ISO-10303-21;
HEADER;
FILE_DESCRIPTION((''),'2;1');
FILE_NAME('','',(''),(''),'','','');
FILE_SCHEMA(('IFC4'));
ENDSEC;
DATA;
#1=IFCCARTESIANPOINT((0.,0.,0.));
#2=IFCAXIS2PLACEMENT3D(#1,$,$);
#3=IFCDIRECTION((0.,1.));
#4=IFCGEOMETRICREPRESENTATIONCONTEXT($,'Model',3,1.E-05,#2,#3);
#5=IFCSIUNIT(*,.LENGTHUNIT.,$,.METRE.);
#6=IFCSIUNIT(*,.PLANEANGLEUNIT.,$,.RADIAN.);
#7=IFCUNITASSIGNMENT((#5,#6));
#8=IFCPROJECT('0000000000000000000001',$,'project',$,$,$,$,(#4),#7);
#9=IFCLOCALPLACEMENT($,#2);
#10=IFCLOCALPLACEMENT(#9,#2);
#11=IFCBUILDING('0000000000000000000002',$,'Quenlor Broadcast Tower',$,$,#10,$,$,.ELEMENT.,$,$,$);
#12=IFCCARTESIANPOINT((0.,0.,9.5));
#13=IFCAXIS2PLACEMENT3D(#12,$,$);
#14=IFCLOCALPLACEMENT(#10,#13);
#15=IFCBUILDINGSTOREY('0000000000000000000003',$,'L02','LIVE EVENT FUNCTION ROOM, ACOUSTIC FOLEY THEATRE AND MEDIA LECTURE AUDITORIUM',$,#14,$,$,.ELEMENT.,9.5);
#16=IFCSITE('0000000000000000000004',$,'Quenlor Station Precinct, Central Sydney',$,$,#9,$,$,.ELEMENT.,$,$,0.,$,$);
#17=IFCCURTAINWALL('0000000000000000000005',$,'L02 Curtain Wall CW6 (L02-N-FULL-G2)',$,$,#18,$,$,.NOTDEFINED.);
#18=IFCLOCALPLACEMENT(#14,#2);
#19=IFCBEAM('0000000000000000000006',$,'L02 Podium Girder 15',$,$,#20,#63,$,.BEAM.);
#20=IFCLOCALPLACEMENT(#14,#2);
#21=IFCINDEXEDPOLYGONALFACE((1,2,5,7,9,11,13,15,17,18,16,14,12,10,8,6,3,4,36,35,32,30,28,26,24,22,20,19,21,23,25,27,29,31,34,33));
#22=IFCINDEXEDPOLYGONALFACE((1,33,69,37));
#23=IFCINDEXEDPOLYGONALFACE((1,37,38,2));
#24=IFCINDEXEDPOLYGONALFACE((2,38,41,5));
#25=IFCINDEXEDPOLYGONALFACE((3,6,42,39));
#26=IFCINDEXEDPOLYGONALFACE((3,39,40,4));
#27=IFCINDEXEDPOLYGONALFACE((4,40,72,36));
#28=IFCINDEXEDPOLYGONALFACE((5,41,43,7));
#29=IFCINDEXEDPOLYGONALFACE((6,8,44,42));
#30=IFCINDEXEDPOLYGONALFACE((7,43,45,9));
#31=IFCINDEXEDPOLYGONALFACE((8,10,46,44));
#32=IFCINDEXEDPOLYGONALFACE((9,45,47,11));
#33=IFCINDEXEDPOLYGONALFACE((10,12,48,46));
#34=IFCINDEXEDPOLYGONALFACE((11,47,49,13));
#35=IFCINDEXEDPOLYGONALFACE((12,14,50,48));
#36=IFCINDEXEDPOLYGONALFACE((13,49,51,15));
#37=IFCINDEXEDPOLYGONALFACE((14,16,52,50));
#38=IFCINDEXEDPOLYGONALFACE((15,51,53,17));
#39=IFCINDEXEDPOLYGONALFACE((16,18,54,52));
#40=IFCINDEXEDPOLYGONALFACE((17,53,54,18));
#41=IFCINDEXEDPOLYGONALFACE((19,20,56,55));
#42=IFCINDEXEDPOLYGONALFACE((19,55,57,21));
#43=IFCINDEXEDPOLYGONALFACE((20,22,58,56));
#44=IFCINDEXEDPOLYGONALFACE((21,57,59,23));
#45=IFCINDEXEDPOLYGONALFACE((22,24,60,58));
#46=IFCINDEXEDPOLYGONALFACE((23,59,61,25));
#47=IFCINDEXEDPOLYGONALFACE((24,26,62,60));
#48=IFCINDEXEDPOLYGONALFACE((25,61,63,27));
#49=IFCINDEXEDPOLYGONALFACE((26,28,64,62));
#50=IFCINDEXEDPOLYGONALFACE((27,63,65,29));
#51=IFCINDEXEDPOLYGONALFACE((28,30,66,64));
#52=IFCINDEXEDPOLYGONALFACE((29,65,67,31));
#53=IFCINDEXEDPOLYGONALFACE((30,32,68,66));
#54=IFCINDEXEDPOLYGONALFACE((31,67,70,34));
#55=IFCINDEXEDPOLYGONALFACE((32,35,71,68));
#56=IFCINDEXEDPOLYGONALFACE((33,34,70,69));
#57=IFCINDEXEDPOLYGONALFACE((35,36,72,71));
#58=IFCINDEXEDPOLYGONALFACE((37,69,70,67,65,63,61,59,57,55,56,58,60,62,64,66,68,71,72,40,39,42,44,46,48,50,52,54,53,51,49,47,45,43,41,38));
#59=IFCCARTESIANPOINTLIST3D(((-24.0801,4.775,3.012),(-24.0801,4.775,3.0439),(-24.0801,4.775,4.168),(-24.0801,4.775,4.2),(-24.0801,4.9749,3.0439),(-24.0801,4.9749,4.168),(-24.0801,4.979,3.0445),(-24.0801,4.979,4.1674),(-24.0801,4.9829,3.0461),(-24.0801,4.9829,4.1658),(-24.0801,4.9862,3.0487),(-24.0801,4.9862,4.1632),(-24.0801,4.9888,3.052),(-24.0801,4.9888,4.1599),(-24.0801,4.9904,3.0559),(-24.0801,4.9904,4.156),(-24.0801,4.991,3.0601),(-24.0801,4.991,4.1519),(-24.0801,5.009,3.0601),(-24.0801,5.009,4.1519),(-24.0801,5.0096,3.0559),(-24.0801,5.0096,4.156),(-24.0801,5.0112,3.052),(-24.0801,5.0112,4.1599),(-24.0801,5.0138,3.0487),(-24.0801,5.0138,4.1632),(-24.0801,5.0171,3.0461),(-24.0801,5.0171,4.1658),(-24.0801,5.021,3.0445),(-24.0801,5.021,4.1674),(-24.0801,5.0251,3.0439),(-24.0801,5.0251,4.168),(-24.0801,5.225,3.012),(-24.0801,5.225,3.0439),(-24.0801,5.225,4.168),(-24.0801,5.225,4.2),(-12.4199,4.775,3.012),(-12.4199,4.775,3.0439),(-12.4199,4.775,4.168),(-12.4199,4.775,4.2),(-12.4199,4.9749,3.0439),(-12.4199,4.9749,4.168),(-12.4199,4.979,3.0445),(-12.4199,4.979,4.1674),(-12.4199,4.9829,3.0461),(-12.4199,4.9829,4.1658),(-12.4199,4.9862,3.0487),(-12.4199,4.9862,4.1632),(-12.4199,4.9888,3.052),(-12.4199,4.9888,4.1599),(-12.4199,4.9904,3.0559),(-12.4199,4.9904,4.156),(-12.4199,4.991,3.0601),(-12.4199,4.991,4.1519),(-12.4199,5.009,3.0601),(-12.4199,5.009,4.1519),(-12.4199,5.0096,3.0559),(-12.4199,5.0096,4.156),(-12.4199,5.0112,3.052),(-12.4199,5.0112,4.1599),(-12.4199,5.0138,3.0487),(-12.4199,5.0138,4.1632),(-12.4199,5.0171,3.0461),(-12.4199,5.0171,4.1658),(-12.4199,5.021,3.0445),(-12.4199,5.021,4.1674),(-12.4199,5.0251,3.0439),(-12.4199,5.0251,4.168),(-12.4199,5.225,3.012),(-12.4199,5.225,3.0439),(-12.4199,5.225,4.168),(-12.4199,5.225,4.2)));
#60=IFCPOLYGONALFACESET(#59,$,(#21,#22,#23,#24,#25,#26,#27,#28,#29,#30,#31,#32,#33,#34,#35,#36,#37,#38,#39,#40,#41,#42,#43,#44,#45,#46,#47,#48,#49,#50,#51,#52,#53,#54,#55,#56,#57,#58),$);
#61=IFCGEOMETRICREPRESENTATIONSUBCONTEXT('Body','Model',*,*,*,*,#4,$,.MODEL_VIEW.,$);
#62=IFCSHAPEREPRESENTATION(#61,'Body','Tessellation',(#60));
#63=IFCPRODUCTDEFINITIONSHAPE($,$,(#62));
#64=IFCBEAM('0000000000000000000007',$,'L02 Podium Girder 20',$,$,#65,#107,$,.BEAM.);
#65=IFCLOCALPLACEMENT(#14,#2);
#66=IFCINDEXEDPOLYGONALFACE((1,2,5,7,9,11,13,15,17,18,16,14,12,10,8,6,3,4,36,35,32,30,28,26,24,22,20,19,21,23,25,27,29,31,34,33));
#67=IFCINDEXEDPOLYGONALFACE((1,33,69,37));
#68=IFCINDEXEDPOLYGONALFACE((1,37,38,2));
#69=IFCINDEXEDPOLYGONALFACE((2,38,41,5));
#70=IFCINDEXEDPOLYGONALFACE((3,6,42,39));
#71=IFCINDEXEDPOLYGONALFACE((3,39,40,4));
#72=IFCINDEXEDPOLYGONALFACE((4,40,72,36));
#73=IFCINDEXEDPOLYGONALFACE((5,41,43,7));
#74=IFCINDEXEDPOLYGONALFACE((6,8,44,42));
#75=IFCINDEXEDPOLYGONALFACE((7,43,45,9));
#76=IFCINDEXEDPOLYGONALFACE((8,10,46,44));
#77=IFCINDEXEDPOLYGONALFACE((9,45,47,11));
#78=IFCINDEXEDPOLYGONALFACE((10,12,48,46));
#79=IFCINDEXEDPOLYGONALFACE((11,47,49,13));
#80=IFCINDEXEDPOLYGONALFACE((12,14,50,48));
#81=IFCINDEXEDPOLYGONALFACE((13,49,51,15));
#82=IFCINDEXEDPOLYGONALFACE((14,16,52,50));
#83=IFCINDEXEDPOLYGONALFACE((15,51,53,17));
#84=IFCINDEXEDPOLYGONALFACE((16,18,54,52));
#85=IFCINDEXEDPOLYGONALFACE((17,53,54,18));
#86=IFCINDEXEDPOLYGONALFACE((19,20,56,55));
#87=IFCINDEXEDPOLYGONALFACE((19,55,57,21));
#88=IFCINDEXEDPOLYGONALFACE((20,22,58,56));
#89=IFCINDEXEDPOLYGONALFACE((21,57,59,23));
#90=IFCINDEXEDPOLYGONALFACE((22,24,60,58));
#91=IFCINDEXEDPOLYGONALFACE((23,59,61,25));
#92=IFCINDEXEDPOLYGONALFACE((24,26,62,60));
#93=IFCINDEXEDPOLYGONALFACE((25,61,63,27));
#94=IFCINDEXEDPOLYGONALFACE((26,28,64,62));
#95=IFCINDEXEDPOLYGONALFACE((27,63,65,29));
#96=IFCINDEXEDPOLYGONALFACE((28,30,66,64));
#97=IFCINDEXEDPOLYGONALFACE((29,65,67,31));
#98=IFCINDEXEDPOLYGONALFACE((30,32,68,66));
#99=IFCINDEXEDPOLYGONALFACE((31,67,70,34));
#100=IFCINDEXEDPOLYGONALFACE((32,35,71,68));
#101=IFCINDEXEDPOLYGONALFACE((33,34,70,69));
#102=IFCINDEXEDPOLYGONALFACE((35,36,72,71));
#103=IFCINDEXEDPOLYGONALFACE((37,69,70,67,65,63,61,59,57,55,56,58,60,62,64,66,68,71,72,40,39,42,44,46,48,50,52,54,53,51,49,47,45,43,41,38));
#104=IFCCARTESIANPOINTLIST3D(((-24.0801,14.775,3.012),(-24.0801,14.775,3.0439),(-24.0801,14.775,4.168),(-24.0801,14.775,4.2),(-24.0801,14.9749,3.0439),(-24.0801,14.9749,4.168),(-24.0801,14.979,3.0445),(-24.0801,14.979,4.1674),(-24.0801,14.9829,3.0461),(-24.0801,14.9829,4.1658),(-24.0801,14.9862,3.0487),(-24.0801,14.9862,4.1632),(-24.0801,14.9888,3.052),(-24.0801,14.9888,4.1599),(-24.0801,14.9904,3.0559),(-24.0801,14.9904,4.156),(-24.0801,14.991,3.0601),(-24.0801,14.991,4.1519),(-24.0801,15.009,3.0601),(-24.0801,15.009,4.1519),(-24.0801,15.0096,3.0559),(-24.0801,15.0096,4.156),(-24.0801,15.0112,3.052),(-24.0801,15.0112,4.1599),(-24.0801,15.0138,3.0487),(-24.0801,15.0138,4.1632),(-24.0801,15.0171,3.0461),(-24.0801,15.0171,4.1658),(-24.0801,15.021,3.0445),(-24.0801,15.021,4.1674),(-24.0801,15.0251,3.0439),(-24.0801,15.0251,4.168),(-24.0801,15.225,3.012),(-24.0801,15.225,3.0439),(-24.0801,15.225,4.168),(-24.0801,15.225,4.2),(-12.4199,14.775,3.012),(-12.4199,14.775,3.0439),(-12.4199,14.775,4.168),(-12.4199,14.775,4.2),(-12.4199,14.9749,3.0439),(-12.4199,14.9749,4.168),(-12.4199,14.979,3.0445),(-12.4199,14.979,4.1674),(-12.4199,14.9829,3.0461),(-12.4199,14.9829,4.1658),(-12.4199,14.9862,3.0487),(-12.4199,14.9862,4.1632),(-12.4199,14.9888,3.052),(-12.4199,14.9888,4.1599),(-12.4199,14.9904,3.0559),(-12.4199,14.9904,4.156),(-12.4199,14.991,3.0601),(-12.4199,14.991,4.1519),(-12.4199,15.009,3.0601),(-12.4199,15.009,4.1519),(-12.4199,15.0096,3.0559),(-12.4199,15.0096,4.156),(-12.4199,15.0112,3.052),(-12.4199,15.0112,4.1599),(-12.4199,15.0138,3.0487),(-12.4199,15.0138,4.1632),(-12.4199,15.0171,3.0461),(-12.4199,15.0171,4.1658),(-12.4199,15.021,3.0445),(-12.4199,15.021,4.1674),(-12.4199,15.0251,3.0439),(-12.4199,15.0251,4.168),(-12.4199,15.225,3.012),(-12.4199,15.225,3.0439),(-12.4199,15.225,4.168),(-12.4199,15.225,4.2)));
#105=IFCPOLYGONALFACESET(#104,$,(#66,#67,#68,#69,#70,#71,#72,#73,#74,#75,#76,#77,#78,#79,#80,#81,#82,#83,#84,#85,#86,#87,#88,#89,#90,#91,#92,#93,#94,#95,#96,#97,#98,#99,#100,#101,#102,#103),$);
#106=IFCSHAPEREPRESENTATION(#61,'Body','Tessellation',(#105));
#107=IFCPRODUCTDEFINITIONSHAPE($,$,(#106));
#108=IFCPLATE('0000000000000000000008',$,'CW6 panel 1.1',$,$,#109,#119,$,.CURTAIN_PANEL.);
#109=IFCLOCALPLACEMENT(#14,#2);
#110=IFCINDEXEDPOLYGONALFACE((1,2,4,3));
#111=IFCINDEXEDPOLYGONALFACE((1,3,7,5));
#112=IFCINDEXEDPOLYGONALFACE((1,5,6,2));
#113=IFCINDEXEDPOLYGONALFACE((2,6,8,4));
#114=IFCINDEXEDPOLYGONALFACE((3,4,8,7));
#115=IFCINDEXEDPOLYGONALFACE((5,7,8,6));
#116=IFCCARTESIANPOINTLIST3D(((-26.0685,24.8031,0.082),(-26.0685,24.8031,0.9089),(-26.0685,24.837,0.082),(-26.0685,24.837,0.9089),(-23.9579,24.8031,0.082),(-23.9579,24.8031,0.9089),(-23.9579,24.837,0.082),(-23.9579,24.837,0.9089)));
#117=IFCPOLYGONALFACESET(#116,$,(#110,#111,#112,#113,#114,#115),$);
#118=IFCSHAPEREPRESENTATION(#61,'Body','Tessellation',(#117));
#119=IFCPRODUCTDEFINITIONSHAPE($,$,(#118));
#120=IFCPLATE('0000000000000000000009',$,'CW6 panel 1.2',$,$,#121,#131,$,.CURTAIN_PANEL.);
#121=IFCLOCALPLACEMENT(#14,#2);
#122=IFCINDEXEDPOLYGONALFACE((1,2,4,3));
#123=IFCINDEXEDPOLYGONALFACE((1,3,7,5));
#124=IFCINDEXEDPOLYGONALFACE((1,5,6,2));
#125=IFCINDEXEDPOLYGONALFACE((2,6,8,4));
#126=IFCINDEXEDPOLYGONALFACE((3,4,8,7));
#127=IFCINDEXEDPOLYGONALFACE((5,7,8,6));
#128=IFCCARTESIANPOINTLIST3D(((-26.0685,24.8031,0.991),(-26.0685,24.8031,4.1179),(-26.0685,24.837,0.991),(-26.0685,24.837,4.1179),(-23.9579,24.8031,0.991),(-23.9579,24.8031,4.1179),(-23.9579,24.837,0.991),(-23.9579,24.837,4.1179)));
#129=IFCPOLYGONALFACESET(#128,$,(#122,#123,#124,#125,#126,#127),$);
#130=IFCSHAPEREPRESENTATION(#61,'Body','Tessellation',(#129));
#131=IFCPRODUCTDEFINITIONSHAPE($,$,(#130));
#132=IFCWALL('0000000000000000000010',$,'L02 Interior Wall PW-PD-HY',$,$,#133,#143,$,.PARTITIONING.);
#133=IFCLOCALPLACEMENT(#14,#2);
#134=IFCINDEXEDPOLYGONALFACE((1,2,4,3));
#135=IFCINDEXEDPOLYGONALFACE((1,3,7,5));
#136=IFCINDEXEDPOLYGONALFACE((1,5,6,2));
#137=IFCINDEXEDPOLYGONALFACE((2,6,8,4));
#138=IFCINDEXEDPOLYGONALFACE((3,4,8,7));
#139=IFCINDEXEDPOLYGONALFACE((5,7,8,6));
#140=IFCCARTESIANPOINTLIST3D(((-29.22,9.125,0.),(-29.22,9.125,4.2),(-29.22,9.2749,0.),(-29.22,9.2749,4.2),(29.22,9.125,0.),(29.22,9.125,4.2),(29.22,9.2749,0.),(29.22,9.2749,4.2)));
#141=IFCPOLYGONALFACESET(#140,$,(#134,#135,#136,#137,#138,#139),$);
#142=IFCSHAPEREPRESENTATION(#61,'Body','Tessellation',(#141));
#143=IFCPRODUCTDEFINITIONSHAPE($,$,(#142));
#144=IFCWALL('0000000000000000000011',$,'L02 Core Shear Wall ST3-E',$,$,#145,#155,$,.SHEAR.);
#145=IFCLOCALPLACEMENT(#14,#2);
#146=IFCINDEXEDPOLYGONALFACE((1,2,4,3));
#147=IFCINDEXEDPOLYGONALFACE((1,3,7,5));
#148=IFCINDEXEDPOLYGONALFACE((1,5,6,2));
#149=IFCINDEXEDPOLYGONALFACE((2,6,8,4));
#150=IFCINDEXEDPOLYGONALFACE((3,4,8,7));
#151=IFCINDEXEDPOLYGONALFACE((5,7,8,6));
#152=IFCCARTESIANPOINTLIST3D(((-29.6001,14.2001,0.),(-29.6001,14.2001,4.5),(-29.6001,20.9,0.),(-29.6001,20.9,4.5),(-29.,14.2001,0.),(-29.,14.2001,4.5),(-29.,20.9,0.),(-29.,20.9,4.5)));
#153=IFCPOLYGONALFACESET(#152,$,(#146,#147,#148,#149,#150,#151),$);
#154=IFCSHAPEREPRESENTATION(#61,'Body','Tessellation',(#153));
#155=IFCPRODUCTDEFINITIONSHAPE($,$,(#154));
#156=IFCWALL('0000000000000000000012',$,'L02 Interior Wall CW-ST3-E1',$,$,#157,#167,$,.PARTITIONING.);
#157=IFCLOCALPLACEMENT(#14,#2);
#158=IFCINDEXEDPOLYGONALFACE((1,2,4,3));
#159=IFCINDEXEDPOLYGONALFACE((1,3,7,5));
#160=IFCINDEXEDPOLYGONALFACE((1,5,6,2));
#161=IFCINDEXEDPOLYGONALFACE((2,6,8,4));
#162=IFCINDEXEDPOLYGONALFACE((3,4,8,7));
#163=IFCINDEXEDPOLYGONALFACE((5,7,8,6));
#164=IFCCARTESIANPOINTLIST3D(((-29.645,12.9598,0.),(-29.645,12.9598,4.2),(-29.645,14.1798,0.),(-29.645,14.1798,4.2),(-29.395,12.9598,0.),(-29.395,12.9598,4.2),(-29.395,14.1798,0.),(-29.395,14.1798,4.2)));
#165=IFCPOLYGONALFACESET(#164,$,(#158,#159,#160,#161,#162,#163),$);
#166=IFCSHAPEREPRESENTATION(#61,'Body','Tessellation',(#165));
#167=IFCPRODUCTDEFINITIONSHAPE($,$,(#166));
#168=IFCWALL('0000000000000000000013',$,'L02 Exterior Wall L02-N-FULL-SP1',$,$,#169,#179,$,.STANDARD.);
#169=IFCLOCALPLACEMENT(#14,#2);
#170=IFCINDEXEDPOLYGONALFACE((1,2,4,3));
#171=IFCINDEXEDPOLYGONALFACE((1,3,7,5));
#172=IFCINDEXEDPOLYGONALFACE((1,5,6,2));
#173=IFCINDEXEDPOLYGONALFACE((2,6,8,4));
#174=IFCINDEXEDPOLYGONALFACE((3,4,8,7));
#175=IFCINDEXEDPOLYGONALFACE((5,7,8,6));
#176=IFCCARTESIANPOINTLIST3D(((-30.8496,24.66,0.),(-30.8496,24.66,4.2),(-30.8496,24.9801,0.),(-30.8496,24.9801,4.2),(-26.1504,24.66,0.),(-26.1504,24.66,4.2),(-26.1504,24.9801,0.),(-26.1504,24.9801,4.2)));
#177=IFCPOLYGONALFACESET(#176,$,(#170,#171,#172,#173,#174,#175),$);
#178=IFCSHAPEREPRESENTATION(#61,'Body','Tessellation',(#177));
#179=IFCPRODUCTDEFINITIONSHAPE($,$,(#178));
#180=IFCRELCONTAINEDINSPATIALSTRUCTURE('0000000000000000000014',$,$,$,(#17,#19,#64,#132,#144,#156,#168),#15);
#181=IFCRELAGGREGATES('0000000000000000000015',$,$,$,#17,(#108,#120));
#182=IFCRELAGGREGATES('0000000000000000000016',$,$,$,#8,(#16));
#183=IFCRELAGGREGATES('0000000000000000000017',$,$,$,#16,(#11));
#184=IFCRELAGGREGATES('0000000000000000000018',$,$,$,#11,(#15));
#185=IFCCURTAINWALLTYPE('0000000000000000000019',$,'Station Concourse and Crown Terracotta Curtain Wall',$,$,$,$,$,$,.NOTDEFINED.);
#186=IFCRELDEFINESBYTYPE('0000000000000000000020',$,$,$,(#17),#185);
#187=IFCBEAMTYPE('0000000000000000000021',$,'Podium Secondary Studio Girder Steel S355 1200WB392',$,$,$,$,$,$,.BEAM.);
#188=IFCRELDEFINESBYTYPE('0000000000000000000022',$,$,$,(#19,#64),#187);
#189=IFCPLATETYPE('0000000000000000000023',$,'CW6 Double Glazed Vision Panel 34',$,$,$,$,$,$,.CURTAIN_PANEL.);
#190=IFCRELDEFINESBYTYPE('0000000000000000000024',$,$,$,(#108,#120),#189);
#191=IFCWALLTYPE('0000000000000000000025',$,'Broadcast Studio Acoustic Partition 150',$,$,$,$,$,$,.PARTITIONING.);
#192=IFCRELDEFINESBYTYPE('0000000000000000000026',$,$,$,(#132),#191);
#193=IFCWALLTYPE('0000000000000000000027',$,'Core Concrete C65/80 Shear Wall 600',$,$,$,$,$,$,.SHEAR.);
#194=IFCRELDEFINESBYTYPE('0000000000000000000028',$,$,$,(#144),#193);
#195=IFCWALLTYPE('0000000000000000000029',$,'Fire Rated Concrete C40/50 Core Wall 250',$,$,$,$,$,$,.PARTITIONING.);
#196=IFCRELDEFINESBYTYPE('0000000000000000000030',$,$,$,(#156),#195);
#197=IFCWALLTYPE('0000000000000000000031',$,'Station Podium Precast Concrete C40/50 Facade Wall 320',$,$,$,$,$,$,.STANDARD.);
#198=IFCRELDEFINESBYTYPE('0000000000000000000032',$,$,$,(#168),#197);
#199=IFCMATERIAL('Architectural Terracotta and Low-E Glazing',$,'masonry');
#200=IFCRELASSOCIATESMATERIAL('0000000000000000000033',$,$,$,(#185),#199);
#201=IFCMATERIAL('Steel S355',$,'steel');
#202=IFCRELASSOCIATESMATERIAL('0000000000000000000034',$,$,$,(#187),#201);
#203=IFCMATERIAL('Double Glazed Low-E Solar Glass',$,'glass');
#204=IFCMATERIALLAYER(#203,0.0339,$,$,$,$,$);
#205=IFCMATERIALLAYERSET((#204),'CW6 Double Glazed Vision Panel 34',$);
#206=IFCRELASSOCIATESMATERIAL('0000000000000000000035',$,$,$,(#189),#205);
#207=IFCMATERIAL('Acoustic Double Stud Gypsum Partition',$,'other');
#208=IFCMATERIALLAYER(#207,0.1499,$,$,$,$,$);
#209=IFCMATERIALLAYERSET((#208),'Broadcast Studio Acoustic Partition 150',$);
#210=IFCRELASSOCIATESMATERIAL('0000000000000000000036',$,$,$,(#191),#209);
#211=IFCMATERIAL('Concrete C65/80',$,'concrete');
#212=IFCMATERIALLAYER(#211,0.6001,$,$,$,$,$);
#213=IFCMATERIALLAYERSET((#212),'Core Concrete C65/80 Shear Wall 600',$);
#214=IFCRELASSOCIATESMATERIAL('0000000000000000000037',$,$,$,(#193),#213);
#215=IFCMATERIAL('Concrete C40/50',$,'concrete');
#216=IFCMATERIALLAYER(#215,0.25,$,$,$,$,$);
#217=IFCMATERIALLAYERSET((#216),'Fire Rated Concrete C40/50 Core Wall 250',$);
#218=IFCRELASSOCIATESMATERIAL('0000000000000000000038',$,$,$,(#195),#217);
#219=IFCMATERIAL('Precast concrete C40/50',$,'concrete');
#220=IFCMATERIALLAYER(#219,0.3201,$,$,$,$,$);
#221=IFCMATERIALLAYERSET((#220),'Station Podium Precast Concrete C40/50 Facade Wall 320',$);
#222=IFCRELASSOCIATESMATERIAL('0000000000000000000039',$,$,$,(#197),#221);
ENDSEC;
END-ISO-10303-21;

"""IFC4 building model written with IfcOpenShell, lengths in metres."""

from ifc_helpers import new_model, si_unit, direction, frame, frame_2d, origin, origin_2d, place, context, subcontext, project, spatial, rectangle, i_section, extrude, material, layer, layer_set, material_profile, profile_set, type_object, element, aggregate, save


model = new_model("IFC4")

# Units and contexts
model_context = context("Model", 3, precision=1e-05, world=origin(), true_north=direction((0.0, 1.0)))
body_context = subcontext(model_context, "Body", "Model", "MODEL_VIEW")
ifc_project = project(units=[si_unit("LENGTHUNIT", "METRE"), si_unit("PLANEANGLEUNIT", "RADIAN")], contexts=[model_context])

# Site, building, storey
site_placement = place(None, origin())
site = spatial("IfcSite", under=ifc_project, at=site_placement, Name="Quenlor Station Precinct, Central Sydney", CompositionType="ELEMENT", RefElevation=0.0)
building_placement = place(site_placement, origin())
building = spatial("IfcBuilding", under=site, at=building_placement, Name="Quenlor Broadcast Tower", CompositionType="ELEMENT")
storey_placement = place(building_placement, frame((0.0, 0.0, 9.5)))
storey = spatial("IfcBuildingStorey", under=building, at=storey_placement, Name="L02", Description="LIVE EVENT FUNCTION ROOM, ACOUSTIC FOLEY THEATRE AND MEDIA LECTURE AUDITORIUM", CompositionType="ELEMENT", Elevation=9.5)

# Shared definitions
ifc_material_1 = material(Name="Architectural Terracotta and Low-E Glazing", Category="masonry")
curtain_wall_type = type_object("IfcCurtainWallType", Name="Station Concourse and Crown Terracotta Curtain Wall", PredefinedType="NOTDEFINED", material=ifc_material_1)

# Curtain wall
curtain_wall_1_placement = place(storey_placement, origin())
curtain_wall_1 = element("IfcCurtainWall", 1, at=curtain_wall_1_placement, inside=storey, type_object=curtain_wall_type, Name="L02 Curtain Wall CW6 (L02-N-FULL-G2)", PredefinedType="NOTDEFINED")

# Beams
ifc_material_2 = material(Name="Steel S355", Category="steel")
ifc_material_profile_1 = material_profile(ifc_material_2, i_section(OverallWidth=0.45, OverallDepth=1.188, WebThickness=0.0181, FlangeThickness=0.032, FilletRadius=0.0161, at=origin_2d()))
ifc_profile_set_1 = profile_set([ifc_material_profile_1], Name="Steel S355 1200WB392")
beam_type_1 = type_object("IfcBeamType", Name="Podium Secondary Studio Girder Steel S355 1200WB392", PredefinedType="BEAM", material=ifc_profile_set_1)
for number, where, z_axis, x_axis, name in (
    (2, (-24.0801, 5.0, 3.606), (1.0, 0.0, 0.0), (0.0, 1.0, 0.0), "L02 Podium Girder 15"),
    (3, (-24.0801, 15.0, 3.606), (1.0, 0.0, 0.0), (0.0, 1.0, 0.0), "L02 Podium Girder 20"),
):
    element("IfcBeam", number, at=place(storey_placement, frame(where, z_axis=z_axis, x_axis=x_axis)), inside=storey, type_object=beam_type_1, Name=name, PredefinedType="BEAM", context=body_context, shape_type="SweptSolid", body=[
        extrude(i_section(OverallWidth=0.45, OverallDepth=1.188, WebThickness=0.0181, FlangeThickness=0.032, FilletRadius=0.0161, at=origin_2d()), origin(), (0.0, 0.0, 1.0), 11.6602),
    ])

# Plates
ifc_material_3 = material(Name="Double Glazed Low-E Solar Glass", Category="glass")
ifc_layer_1 = layer(ifc_material_3, 0.0339)
ifc_layer_set_1 = layer_set([ifc_layer_1], Name="CW6 Double Glazed Vision Panel 34")
plate_type = type_object("IfcPlateType", Name="CW6 Double Glazed Vision Panel 34", PredefinedType="CURTAIN_PANEL", material=ifc_layer_set_1)
plate_1_placement = place(storey_placement, frame((-25.0132, 24.8201, 0.082), z_axis=(0.0, 0.0, 1.0), x_axis=(1.0, 0.0, 0.0)))
plate_1 = element("IfcPlate", 4, at=plate_1_placement, type_object=plate_type, Name="CW6 panel 1.1", PredefinedType="CURTAIN_PANEL", context=body_context, shape_type="SweptSolid", body=[
    extrude(rectangle(XDim=2.1106, YDim=0.0339, at=origin_2d()), origin(), (0.0, 0.0, 1.0), 0.8269),
])
plate_2_placement = place(storey_placement, frame((-25.0132, 24.8201, 0.991), z_axis=(0.0, 0.0, 1.0), x_axis=(1.0, 0.0, 0.0)))
plate_2 = element("IfcPlate", 5, at=plate_2_placement, type_object=plate_type, Name="CW6 panel 1.2", PredefinedType="CURTAIN_PANEL", context=body_context, shape_type="SweptSolid", body=[
    extrude(rectangle(XDim=2.1106, YDim=0.0339, at=origin_2d()), origin(), (0.0, 0.0, 1.0), 3.127),
])
aggregate(curtain_wall_1, [plate_1, plate_2])

# Walls
ifc_material_4 = material(Name="Acoustic Double Stud Gypsum Partition", Category="other")
ifc_layer_2 = layer(ifc_material_4, 0.1499)
ifc_layer_set_2 = layer_set([ifc_layer_2], Name="Broadcast Studio Acoustic Partition 150")
wall_type_1 = type_object("IfcWallType", Name="Broadcast Studio Acoustic Partition 150", PredefinedType="PARTITIONING", material=ifc_layer_set_2)
wall_1_placement = place(storey_placement, frame((-29.22, 9.2, 0.0), z_axis=(0.0, 0.0, 1.0), x_axis=(1.0, 0.0, 0.0)))
element("IfcWall", 6, at=wall_1_placement, inside=storey, type_object=wall_type_1, Name="L02 Interior Wall PW-PD-HY", PredefinedType="PARTITIONING", context=body_context, shape_type="SweptSolid", body=[
    extrude(rectangle(XDim=58.4399, YDim=0.1499, at=frame_2d((29.22, 0.0))), origin(), (0.0, 0.0, 1.0), 4.2),
])
ifc_material_5 = material(Name="Concrete C65/80", Category="concrete")
ifc_layer_3 = layer(ifc_material_5, 0.6001)
ifc_layer_set_3 = layer_set([ifc_layer_3], Name="Core Concrete C65/80 Shear Wall 600")
wall_type_2 = type_object("IfcWallType", Name="Core Concrete C65/80 Shear Wall 600", PredefinedType="SHEAR", material=ifc_layer_set_3)
wall_2_placement = place(storey_placement, frame((-29.3, 14.2, 0.0), z_axis=(0.0, 0.0, 1.0), x_axis=(0.0, 1.0, 0.0)))
element("IfcWall", 7, at=wall_2_placement, inside=storey, type_object=wall_type_2, Name="L02 Core Shear Wall ST3-E", PredefinedType="SHEAR", context=body_context, shape_type="SweptSolid", body=[
    extrude(rectangle(XDim=6.7, YDim=0.6001, at=frame_2d((3.3501, 0.0))), origin(), (0.0, 0.0, 1.0), 4.5),
])
ifc_material_6 = material(Name="Concrete C40/50", Category="concrete")
ifc_layer_4 = layer(ifc_material_6, 0.25)
ifc_layer_set_4 = layer_set([ifc_layer_4], Name="Fire Rated Concrete C40/50 Core Wall 250")
wall_type_3 = type_object("IfcWallType", Name="Fire Rated Concrete C40/50 Core Wall 250", PredefinedType="PARTITIONING", material=ifc_layer_set_4)
wall_3_placement = place(storey_placement, frame((-29.52, 12.96, 0.0), z_axis=(0.0, 0.0, 1.0), x_axis=(0.0, 1.0, 0.0)))
element("IfcWall", 8, at=wall_3_placement, inside=storey, type_object=wall_type_3, Name="L02 Interior Wall CW-ST3-E1", PredefinedType="PARTITIONING", context=body_context, shape_type="SweptSolid", body=[
    extrude(rectangle(XDim=1.22, YDim=0.25, at=frame_2d((0.6099, 0.0))), origin(), (0.0, 0.0, 1.0), 4.2),
])
ifc_material_7 = material(Name="Precast concrete C40/50", Category="concrete")
ifc_layer_5 = layer(ifc_material_7, 0.3201)
ifc_layer_set_5 = layer_set([ifc_layer_5], Name="Station Podium Precast Concrete C40/50 Facade Wall 320")
wall_type_4 = type_object("IfcWallType", Name="Station Podium Precast Concrete C40/50 Facade Wall 320", PredefinedType="STANDARD", material=ifc_layer_set_5)
wall_4_placement = place(storey_placement, frame((-30.8496, 24.8201, 0.0), z_axis=(0.0, 0.0, 1.0), x_axis=(1.0, 0.0, 0.0)))
element("IfcWall", 9, at=wall_4_placement, inside=storey, type_object=wall_type_4, Name="L02 Exterior Wall L02-N-FULL-SP1", PredefinedType="STANDARD", context=body_context, shape_type="SweptSolid", body=[
    extrude(rectangle(XDim=4.6992, YDim=0.3201, at=frame_2d((2.3496, 0.0))), origin(), (0.0, 0.0, 1.0), 4.2),
])

save(model, "model.ifc")
